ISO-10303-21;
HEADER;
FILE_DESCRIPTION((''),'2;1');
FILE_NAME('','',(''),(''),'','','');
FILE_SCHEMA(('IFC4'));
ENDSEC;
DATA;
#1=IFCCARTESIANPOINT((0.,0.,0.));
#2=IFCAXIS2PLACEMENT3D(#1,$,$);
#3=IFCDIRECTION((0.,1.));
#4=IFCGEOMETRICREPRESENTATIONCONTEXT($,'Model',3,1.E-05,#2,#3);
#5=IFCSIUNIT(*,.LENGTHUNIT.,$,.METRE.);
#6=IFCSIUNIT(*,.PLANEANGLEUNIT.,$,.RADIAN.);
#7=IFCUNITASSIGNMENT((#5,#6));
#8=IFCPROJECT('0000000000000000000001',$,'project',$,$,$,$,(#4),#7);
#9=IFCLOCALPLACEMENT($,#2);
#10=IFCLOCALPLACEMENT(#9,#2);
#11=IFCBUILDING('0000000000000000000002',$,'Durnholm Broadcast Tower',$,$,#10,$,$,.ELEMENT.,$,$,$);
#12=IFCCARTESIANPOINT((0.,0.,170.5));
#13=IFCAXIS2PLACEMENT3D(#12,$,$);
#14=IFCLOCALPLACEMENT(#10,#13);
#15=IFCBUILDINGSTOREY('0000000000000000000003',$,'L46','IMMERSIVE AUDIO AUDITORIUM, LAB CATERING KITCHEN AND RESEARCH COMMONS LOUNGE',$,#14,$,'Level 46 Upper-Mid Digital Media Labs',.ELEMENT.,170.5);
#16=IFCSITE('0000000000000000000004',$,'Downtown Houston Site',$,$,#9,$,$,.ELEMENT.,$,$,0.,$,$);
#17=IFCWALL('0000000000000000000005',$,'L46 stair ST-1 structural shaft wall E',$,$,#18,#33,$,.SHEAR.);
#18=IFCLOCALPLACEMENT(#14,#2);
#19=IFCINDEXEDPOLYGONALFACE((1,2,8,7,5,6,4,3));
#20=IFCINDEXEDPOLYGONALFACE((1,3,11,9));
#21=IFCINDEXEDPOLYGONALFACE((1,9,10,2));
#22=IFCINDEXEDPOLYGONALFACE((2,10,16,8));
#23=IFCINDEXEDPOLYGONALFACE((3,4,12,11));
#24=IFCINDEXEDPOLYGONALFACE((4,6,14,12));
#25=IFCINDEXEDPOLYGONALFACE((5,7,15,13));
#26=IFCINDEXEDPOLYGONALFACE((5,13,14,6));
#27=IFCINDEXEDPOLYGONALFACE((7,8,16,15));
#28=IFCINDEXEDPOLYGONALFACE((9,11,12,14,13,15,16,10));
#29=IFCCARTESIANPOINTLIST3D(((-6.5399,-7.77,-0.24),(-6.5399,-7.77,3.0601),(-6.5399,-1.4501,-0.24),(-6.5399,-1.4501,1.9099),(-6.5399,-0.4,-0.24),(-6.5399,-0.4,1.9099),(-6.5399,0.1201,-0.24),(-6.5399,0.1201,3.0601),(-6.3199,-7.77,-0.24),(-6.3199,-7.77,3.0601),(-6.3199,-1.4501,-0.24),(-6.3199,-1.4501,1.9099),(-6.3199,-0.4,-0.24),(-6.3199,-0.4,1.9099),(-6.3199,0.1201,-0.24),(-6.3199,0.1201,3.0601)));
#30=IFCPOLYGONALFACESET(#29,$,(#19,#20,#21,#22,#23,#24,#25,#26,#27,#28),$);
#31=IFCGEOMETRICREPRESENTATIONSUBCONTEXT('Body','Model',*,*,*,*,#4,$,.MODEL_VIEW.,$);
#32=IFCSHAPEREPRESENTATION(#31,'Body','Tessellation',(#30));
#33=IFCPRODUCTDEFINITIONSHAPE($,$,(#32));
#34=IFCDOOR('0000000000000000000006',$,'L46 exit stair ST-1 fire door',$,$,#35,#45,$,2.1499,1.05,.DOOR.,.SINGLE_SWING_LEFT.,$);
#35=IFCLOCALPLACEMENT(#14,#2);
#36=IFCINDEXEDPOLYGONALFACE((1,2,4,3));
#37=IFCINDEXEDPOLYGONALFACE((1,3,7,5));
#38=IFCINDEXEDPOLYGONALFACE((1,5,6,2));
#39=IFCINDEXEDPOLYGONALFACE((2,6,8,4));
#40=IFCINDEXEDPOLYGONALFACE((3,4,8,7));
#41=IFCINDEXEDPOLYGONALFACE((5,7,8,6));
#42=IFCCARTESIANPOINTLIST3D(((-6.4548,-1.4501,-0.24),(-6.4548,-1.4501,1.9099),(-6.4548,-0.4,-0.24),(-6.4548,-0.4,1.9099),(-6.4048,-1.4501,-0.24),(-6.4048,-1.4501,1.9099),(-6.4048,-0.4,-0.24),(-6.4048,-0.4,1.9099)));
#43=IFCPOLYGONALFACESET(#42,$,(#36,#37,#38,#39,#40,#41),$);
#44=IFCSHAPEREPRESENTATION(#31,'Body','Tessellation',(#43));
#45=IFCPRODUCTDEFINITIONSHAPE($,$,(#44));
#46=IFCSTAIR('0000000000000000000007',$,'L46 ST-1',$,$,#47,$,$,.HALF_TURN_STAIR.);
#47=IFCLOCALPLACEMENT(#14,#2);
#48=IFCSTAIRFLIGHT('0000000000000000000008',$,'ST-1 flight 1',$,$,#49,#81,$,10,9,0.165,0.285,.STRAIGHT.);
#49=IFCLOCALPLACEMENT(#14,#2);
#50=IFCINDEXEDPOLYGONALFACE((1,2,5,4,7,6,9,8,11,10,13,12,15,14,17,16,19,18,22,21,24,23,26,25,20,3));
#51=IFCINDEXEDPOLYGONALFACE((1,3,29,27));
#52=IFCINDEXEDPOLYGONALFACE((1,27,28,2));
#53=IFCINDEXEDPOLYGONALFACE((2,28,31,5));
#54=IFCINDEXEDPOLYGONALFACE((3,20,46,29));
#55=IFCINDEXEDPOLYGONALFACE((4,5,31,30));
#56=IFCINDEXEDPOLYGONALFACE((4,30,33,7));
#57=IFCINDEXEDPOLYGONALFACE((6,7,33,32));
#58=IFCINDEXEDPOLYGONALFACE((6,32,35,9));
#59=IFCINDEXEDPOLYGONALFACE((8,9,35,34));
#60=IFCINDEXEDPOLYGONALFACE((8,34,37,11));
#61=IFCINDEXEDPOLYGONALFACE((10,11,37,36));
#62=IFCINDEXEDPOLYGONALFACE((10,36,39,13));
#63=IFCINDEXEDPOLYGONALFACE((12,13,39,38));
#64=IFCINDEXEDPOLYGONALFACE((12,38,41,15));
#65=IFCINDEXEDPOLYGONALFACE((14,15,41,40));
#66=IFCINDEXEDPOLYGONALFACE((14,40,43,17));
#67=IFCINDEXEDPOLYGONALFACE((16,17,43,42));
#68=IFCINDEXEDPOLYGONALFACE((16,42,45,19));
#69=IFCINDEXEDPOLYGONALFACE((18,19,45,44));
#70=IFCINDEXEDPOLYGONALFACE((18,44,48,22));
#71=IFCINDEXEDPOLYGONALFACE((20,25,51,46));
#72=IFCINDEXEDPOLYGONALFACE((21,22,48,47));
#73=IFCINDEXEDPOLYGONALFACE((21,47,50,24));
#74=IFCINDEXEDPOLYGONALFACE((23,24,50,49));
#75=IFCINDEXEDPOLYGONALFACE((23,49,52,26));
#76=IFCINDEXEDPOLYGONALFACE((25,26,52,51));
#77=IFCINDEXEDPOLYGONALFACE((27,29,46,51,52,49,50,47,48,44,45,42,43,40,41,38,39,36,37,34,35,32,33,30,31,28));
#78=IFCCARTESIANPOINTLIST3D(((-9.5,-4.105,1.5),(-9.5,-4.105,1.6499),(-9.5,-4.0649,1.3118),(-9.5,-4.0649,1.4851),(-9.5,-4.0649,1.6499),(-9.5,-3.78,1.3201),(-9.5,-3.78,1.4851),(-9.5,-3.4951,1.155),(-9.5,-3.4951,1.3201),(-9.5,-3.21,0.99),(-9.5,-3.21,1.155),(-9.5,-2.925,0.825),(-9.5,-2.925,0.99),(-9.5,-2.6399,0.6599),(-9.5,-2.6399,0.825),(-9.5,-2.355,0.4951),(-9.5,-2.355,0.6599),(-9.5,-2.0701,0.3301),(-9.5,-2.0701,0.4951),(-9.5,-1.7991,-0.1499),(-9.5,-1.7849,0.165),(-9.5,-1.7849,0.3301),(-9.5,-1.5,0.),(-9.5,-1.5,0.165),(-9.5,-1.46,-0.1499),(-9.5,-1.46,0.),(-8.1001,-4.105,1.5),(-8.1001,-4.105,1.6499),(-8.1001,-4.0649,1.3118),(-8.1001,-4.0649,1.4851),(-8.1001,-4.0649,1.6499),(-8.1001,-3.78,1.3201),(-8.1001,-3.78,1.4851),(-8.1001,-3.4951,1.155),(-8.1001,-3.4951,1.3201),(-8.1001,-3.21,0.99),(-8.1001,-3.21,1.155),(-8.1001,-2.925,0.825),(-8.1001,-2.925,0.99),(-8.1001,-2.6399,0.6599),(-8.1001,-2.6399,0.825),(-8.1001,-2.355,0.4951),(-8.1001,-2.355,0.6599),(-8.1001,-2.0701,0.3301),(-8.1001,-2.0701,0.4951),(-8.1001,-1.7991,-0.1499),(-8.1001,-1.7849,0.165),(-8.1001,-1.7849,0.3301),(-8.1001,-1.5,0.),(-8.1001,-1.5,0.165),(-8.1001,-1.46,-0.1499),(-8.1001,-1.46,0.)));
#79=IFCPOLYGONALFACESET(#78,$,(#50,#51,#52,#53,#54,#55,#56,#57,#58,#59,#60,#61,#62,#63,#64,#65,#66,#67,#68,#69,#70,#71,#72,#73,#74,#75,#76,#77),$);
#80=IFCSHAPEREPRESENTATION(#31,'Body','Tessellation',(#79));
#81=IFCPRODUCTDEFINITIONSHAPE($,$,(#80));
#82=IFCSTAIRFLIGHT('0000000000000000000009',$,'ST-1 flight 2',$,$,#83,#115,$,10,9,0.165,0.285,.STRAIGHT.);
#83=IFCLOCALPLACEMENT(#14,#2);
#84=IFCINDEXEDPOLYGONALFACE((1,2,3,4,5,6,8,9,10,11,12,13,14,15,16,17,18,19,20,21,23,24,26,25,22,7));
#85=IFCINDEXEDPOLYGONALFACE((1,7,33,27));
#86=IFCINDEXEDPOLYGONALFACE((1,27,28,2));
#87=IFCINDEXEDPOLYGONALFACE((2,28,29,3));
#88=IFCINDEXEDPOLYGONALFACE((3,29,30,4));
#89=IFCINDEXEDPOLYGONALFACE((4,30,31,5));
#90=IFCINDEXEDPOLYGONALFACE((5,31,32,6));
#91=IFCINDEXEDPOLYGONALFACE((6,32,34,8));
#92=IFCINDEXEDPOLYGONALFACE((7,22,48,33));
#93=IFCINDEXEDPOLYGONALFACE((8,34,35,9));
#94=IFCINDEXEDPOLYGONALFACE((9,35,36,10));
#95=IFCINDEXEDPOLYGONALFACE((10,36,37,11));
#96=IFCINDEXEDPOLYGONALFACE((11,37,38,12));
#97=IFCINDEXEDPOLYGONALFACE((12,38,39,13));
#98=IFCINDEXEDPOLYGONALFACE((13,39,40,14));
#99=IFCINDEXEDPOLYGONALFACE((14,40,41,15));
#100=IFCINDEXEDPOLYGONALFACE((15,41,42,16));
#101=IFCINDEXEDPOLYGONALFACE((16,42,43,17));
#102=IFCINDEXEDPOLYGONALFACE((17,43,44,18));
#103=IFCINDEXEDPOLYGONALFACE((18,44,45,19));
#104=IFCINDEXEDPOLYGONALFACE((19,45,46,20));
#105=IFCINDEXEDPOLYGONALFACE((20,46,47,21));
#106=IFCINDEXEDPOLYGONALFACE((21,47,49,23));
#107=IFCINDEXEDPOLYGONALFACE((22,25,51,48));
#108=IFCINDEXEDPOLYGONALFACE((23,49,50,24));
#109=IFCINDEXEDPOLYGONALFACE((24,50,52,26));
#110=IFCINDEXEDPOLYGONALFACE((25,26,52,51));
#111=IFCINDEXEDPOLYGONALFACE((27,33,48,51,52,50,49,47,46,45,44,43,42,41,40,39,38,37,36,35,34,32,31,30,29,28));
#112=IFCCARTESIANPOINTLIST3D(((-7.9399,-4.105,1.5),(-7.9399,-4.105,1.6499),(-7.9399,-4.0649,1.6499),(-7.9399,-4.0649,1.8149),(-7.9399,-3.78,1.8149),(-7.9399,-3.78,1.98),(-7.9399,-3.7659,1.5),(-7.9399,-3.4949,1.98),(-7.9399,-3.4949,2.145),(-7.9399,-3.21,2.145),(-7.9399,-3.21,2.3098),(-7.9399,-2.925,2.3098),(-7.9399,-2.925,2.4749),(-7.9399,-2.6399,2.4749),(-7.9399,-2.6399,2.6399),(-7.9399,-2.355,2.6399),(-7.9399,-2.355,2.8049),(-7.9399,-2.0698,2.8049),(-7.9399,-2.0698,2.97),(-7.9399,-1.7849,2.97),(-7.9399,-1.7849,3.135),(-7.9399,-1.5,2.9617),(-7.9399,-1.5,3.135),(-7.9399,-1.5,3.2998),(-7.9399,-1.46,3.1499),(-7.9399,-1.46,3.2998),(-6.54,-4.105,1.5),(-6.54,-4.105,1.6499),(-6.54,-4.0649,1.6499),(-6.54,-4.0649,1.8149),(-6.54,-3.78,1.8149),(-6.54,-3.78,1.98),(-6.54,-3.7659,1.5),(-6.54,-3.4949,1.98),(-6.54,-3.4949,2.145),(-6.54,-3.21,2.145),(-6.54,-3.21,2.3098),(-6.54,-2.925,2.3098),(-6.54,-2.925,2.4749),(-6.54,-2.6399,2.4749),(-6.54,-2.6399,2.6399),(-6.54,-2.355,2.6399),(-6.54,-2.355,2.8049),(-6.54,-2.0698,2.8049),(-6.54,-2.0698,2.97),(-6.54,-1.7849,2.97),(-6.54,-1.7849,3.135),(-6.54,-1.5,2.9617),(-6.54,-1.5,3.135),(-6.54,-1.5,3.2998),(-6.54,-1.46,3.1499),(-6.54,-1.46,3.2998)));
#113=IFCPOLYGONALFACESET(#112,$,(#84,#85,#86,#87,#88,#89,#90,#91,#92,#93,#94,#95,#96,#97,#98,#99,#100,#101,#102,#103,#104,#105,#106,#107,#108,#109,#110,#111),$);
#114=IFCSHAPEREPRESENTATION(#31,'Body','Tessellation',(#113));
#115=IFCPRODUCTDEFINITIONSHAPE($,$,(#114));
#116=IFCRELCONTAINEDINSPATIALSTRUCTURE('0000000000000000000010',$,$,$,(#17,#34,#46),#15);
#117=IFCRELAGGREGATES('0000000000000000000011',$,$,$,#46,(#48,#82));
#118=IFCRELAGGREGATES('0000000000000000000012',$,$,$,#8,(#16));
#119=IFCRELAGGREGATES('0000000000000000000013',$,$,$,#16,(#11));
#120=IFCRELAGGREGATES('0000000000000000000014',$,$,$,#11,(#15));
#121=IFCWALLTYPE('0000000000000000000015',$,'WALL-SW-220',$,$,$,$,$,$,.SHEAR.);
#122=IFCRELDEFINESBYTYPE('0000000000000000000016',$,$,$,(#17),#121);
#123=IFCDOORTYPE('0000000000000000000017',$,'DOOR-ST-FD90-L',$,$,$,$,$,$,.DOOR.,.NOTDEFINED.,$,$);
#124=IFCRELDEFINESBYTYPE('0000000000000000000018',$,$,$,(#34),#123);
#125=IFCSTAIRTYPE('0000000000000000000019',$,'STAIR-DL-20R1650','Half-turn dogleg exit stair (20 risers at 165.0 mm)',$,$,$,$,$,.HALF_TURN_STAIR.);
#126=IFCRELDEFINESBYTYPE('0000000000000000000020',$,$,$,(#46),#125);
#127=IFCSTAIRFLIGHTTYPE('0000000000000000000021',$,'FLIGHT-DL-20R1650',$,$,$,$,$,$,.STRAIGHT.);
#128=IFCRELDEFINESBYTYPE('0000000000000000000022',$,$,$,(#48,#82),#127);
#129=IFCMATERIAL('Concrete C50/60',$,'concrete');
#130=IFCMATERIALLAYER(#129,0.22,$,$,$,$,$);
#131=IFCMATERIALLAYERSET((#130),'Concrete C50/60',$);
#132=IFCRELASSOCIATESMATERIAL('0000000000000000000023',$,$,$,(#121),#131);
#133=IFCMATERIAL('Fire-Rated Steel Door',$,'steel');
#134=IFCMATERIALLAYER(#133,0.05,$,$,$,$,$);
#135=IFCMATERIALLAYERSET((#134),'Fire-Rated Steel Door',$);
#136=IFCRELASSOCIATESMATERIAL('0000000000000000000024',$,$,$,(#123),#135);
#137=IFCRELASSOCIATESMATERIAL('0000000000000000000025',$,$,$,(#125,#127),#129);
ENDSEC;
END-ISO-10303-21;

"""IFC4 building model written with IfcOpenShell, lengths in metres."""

from ifc_helpers import new_model, si_unit, direction, frame, frame_2d, origin, place, context, subcontext, project, spatial, polyline, rectangle, outline, extrude, source, transform, mapped, material, layer, layer_set, type_object, type_shapes, element, fill, aggregate, save


model = new_model("IFC4")

# Units and contexts
model_context = context("Model", 3, precision=1e-05, world=origin(), true_north=direction((0.0, 1.0)))
body_context = subcontext(model_context, "Body", "Model", "MODEL_VIEW")
ifc_project = project(units=[si_unit("LENGTHUNIT", "METRE"), si_unit("PLANEANGLEUNIT", "RADIAN")], contexts=[model_context])

# Site, building, storey
site_placement = place(None, origin())
site = spatial("IfcSite", under=ifc_project, at=site_placement, Name="Downtown Houston Site", CompositionType="ELEMENT", RefElevation=0.0)
building_placement = place(site_placement, origin())
building = spatial("IfcBuilding", under=site, at=building_placement, Name="Durnholm Broadcast Tower", CompositionType="ELEMENT")
storey_placement = place(building_placement, frame((0.0, 0.0, 170.5)))
storey = spatial("IfcBuildingStorey", under=building, at=storey_placement, Name="L46", Description="IMMERSIVE AUDIO AUDITORIUM, LAB CATERING KITCHEN AND RESEARCH COMMONS LOUNGE", LongName="Level 46 Upper-Mid Digital Media Labs", CompositionType="ELEMENT", Elevation=170.5)

# Shared definitions
ifc_material_1 = material(Name="Concrete C50/60", Category="concrete")

# Wall, opening, door
ifc_layer_1 = layer(ifc_material_1, 0.22)
ifc_layer_set_1 = layer_set([ifc_layer_1], Name="Concrete C50/60")
wall_type_1 = type_object("IfcWallType", Name="WALL-SW-220", PredefinedType="SHEAR", material=ifc_layer_set_1)
wall_1_placement = place(storey_placement, frame((-6.4299, -7.77, -0.24), z_axis=(0.0, 0.0, 1.0), x_axis=(0.0, 1.0, 0.0)))
wall_1 = element("IfcWall", 1, at=wall_1_placement, inside=storey, type_object=wall_type_1, Name="L46 stair ST-1 structural shaft wall E", PredefinedType="SHEAR", context=body_context, shape_type="SweptSolid", body=[
    extrude(rectangle(XDim=7.8901, YDim=0.22, at=frame_2d((3.9451, 0.0))), origin(), (0.0, 0.0, 1.0), 3.3),
])
opening_1_placement = place(wall_1_placement, frame((6.3201, 0.0, 0.0)))
opening_1 = element("IfcOpeningElement", 2, at=opening_1_placement, cuts=wall_1, PredefinedType="OPENING", context=body_context, shape_type="SweptSolid", body=[
    extrude(rectangle(XDim=1.05, YDim=2.1499, at=frame_2d((0.5249, 1.075))), frame((0.0, 0.1201, 0.0), z_axis=(0.0, -1.0, 0.0), x_axis=(1.0, 0.0, 0.0)), (0.0, 0.0, 1.0), 0.24),
])
ifc_material_2 = material(Name="Fire-Rated Steel Door", Category="steel")
ifc_layer_2 = layer(ifc_material_2, 0.05)
ifc_layer_set_2 = layer_set([ifc_layer_2], Name="Fire-Rated Steel Door")
door_type_1 = type_object("IfcDoorType", Name="DOOR-ST-FD90-L", OperationType="NOTDEFINED", PredefinedType="DOOR", material=ifc_layer_set_2)
shared_shape_1 = source(origin(), body_context, "Body", "SweptSolid", [
    extrude(rectangle(XDim=1.05, YDim=2.1499, at=frame_2d((0.5249, 1.075))), frame((0.0, 0.0249, 0.0), z_axis=(0.0, -1.0, 0.0), x_axis=(1.0, 0.0, 0.0)), (0.0, 0.0, 1.0), 0.05),
])
type_shapes(door_type_1, [shared_shape_1])
door_1_placement = place(opening_1_placement, origin())
door_1 = element("IfcDoor", 3, at=door_1_placement, inside=storey, type_object=door_type_1, Name="L46 exit stair ST-1 fire door", OperationType="SINGLE_SWING_LEFT", OverallHeight=2.1499, OverallWidth=1.05, PredefinedType="DOOR", context=body_context, shape_type="MappedRepresentation", body=[
    mapped(shared_shape_1, transform((0.0, 0.0, 0.0), x_axis=(1.0, 0.0, 0.0), y_axis=(0.0, 1.0, 0.0), z_axis=(0.0, 0.0, 1.0), scale=1.0)),
])
fill(opening_1, door_1)

# Stair, stair flights
stair_type = type_object("IfcStairType", Name="STAIR-DL-20R1650", Description="Half-turn dogleg exit stair (20 risers at 165.0 mm)", PredefinedType="HALF_TURN_STAIR", material=ifc_material_1)
stair_placement = place(storey_placement, origin())
stair = element("IfcStair", 4, at=stair_placement, inside=storey, type_object=stair_type, Name="L46 ST-1", PredefinedType="HALF_TURN_STAIR")
stair_flight_type = type_object("IfcStairFlightType", Name="FLIGHT-DL-20R1650", PredefinedType="STRAIGHT", material=ifc_material_1)
stair_flight_1_placement = place(storey_placement, frame((-8.8, -1.5, 0.0), z_axis=(0.0, 0.0, 1.0), x_axis=(0.0, -1.0, 0.0)))
stair_flight_1 = element("IfcStairFlight", 5, at=stair_flight_1_placement, type_object=stair_flight_type, Name="ST-1 flight 1", NumberOfRisers=10, NumberOfTreads=9, PredefinedType="STRAIGHT", RiserHeight=0.165, TreadLength=0.285, context=body_context, shape_type="SweptSolid", body=[
    extrude(outline(polyline([(-0.04, -0.1499), (-0.04, 0.0), (0.0, 0.0), (0.0, 0.165), (0.2849, 0.165), (0.2849, 0.3301), (0.5701, 0.3301), (0.5701, 0.4951), (0.855, 0.4951), (0.855, 0.6599), (1.1399, 0.6599), (1.1399, 0.825), (1.425, 0.825), (1.425, 0.99), (1.71, 0.99), (1.71, 1.155), (1.9951, 1.155), (1.9951, 1.3201), (2.28, 1.3201), (2.28, 1.4851), (2.5649, 1.4851), (2.5649, 1.6499), (2.605, 1.6499), (2.605, 1.5), (2.5649, 1.3118), (0.2991, -0.1499), (-0.04, -0.1499)])), frame((0.0, 0.7, 0.0), z_axis=(0.0, -1.0, 0.0), x_axis=(1.0, 0.0, 0.0)), (0.0, 0.0, 1.0), 1.3999),
])
stair_flight_2_placement = place(storey_placement, frame((-7.24, -4.0649, 1.6499), z_axis=(0.0, 0.0, 1.0), x_axis=(0.0, 1.0, 0.0)))
stair_flight_2 = element("IfcStairFlight", 6, at=stair_flight_2_placement, type_object=stair_flight_type, Name="ST-1 flight 2", NumberOfRisers=10, NumberOfTreads=9, PredefinedType="STRAIGHT", RiserHeight=0.165, TreadLength=0.285, context=body_context, shape_type="SweptSolid", body=[
    extrude(outline(polyline([(-0.04, -0.1499), (-0.04, 0.0), (0.0, 0.0), (0.0, 0.165), (0.2849, 0.165), (0.2849, 0.3301), (0.5701, 0.3301), (0.5701, 0.4951), (0.855, 0.4951), (0.855, 0.6599), (1.1399, 0.6599), (1.1399, 0.825), (1.425, 0.825), (1.425, 0.99), (1.71, 0.99), (1.71, 1.155), (1.9951, 1.155), (1.9951, 1.3201), (2.28, 1.3201), (2.28, 1.4851), (2.5649, 1.4851), (2.5649, 1.6499), (2.605, 1.6499), (2.605, 1.5), (2.5649, 1.3118), (0.2991, -0.1499), (-0.04, -0.1499)])), frame((0.0, 0.7, 0.0), z_axis=(0.0, -1.0, 0.0), x_axis=(1.0, 0.0, 0.0)), (0.0, 0.0, 1.0), 1.3999),
])
aggregate(stair, [stair_flight_1, stair_flight_2])

save(model, "model.ifc")
